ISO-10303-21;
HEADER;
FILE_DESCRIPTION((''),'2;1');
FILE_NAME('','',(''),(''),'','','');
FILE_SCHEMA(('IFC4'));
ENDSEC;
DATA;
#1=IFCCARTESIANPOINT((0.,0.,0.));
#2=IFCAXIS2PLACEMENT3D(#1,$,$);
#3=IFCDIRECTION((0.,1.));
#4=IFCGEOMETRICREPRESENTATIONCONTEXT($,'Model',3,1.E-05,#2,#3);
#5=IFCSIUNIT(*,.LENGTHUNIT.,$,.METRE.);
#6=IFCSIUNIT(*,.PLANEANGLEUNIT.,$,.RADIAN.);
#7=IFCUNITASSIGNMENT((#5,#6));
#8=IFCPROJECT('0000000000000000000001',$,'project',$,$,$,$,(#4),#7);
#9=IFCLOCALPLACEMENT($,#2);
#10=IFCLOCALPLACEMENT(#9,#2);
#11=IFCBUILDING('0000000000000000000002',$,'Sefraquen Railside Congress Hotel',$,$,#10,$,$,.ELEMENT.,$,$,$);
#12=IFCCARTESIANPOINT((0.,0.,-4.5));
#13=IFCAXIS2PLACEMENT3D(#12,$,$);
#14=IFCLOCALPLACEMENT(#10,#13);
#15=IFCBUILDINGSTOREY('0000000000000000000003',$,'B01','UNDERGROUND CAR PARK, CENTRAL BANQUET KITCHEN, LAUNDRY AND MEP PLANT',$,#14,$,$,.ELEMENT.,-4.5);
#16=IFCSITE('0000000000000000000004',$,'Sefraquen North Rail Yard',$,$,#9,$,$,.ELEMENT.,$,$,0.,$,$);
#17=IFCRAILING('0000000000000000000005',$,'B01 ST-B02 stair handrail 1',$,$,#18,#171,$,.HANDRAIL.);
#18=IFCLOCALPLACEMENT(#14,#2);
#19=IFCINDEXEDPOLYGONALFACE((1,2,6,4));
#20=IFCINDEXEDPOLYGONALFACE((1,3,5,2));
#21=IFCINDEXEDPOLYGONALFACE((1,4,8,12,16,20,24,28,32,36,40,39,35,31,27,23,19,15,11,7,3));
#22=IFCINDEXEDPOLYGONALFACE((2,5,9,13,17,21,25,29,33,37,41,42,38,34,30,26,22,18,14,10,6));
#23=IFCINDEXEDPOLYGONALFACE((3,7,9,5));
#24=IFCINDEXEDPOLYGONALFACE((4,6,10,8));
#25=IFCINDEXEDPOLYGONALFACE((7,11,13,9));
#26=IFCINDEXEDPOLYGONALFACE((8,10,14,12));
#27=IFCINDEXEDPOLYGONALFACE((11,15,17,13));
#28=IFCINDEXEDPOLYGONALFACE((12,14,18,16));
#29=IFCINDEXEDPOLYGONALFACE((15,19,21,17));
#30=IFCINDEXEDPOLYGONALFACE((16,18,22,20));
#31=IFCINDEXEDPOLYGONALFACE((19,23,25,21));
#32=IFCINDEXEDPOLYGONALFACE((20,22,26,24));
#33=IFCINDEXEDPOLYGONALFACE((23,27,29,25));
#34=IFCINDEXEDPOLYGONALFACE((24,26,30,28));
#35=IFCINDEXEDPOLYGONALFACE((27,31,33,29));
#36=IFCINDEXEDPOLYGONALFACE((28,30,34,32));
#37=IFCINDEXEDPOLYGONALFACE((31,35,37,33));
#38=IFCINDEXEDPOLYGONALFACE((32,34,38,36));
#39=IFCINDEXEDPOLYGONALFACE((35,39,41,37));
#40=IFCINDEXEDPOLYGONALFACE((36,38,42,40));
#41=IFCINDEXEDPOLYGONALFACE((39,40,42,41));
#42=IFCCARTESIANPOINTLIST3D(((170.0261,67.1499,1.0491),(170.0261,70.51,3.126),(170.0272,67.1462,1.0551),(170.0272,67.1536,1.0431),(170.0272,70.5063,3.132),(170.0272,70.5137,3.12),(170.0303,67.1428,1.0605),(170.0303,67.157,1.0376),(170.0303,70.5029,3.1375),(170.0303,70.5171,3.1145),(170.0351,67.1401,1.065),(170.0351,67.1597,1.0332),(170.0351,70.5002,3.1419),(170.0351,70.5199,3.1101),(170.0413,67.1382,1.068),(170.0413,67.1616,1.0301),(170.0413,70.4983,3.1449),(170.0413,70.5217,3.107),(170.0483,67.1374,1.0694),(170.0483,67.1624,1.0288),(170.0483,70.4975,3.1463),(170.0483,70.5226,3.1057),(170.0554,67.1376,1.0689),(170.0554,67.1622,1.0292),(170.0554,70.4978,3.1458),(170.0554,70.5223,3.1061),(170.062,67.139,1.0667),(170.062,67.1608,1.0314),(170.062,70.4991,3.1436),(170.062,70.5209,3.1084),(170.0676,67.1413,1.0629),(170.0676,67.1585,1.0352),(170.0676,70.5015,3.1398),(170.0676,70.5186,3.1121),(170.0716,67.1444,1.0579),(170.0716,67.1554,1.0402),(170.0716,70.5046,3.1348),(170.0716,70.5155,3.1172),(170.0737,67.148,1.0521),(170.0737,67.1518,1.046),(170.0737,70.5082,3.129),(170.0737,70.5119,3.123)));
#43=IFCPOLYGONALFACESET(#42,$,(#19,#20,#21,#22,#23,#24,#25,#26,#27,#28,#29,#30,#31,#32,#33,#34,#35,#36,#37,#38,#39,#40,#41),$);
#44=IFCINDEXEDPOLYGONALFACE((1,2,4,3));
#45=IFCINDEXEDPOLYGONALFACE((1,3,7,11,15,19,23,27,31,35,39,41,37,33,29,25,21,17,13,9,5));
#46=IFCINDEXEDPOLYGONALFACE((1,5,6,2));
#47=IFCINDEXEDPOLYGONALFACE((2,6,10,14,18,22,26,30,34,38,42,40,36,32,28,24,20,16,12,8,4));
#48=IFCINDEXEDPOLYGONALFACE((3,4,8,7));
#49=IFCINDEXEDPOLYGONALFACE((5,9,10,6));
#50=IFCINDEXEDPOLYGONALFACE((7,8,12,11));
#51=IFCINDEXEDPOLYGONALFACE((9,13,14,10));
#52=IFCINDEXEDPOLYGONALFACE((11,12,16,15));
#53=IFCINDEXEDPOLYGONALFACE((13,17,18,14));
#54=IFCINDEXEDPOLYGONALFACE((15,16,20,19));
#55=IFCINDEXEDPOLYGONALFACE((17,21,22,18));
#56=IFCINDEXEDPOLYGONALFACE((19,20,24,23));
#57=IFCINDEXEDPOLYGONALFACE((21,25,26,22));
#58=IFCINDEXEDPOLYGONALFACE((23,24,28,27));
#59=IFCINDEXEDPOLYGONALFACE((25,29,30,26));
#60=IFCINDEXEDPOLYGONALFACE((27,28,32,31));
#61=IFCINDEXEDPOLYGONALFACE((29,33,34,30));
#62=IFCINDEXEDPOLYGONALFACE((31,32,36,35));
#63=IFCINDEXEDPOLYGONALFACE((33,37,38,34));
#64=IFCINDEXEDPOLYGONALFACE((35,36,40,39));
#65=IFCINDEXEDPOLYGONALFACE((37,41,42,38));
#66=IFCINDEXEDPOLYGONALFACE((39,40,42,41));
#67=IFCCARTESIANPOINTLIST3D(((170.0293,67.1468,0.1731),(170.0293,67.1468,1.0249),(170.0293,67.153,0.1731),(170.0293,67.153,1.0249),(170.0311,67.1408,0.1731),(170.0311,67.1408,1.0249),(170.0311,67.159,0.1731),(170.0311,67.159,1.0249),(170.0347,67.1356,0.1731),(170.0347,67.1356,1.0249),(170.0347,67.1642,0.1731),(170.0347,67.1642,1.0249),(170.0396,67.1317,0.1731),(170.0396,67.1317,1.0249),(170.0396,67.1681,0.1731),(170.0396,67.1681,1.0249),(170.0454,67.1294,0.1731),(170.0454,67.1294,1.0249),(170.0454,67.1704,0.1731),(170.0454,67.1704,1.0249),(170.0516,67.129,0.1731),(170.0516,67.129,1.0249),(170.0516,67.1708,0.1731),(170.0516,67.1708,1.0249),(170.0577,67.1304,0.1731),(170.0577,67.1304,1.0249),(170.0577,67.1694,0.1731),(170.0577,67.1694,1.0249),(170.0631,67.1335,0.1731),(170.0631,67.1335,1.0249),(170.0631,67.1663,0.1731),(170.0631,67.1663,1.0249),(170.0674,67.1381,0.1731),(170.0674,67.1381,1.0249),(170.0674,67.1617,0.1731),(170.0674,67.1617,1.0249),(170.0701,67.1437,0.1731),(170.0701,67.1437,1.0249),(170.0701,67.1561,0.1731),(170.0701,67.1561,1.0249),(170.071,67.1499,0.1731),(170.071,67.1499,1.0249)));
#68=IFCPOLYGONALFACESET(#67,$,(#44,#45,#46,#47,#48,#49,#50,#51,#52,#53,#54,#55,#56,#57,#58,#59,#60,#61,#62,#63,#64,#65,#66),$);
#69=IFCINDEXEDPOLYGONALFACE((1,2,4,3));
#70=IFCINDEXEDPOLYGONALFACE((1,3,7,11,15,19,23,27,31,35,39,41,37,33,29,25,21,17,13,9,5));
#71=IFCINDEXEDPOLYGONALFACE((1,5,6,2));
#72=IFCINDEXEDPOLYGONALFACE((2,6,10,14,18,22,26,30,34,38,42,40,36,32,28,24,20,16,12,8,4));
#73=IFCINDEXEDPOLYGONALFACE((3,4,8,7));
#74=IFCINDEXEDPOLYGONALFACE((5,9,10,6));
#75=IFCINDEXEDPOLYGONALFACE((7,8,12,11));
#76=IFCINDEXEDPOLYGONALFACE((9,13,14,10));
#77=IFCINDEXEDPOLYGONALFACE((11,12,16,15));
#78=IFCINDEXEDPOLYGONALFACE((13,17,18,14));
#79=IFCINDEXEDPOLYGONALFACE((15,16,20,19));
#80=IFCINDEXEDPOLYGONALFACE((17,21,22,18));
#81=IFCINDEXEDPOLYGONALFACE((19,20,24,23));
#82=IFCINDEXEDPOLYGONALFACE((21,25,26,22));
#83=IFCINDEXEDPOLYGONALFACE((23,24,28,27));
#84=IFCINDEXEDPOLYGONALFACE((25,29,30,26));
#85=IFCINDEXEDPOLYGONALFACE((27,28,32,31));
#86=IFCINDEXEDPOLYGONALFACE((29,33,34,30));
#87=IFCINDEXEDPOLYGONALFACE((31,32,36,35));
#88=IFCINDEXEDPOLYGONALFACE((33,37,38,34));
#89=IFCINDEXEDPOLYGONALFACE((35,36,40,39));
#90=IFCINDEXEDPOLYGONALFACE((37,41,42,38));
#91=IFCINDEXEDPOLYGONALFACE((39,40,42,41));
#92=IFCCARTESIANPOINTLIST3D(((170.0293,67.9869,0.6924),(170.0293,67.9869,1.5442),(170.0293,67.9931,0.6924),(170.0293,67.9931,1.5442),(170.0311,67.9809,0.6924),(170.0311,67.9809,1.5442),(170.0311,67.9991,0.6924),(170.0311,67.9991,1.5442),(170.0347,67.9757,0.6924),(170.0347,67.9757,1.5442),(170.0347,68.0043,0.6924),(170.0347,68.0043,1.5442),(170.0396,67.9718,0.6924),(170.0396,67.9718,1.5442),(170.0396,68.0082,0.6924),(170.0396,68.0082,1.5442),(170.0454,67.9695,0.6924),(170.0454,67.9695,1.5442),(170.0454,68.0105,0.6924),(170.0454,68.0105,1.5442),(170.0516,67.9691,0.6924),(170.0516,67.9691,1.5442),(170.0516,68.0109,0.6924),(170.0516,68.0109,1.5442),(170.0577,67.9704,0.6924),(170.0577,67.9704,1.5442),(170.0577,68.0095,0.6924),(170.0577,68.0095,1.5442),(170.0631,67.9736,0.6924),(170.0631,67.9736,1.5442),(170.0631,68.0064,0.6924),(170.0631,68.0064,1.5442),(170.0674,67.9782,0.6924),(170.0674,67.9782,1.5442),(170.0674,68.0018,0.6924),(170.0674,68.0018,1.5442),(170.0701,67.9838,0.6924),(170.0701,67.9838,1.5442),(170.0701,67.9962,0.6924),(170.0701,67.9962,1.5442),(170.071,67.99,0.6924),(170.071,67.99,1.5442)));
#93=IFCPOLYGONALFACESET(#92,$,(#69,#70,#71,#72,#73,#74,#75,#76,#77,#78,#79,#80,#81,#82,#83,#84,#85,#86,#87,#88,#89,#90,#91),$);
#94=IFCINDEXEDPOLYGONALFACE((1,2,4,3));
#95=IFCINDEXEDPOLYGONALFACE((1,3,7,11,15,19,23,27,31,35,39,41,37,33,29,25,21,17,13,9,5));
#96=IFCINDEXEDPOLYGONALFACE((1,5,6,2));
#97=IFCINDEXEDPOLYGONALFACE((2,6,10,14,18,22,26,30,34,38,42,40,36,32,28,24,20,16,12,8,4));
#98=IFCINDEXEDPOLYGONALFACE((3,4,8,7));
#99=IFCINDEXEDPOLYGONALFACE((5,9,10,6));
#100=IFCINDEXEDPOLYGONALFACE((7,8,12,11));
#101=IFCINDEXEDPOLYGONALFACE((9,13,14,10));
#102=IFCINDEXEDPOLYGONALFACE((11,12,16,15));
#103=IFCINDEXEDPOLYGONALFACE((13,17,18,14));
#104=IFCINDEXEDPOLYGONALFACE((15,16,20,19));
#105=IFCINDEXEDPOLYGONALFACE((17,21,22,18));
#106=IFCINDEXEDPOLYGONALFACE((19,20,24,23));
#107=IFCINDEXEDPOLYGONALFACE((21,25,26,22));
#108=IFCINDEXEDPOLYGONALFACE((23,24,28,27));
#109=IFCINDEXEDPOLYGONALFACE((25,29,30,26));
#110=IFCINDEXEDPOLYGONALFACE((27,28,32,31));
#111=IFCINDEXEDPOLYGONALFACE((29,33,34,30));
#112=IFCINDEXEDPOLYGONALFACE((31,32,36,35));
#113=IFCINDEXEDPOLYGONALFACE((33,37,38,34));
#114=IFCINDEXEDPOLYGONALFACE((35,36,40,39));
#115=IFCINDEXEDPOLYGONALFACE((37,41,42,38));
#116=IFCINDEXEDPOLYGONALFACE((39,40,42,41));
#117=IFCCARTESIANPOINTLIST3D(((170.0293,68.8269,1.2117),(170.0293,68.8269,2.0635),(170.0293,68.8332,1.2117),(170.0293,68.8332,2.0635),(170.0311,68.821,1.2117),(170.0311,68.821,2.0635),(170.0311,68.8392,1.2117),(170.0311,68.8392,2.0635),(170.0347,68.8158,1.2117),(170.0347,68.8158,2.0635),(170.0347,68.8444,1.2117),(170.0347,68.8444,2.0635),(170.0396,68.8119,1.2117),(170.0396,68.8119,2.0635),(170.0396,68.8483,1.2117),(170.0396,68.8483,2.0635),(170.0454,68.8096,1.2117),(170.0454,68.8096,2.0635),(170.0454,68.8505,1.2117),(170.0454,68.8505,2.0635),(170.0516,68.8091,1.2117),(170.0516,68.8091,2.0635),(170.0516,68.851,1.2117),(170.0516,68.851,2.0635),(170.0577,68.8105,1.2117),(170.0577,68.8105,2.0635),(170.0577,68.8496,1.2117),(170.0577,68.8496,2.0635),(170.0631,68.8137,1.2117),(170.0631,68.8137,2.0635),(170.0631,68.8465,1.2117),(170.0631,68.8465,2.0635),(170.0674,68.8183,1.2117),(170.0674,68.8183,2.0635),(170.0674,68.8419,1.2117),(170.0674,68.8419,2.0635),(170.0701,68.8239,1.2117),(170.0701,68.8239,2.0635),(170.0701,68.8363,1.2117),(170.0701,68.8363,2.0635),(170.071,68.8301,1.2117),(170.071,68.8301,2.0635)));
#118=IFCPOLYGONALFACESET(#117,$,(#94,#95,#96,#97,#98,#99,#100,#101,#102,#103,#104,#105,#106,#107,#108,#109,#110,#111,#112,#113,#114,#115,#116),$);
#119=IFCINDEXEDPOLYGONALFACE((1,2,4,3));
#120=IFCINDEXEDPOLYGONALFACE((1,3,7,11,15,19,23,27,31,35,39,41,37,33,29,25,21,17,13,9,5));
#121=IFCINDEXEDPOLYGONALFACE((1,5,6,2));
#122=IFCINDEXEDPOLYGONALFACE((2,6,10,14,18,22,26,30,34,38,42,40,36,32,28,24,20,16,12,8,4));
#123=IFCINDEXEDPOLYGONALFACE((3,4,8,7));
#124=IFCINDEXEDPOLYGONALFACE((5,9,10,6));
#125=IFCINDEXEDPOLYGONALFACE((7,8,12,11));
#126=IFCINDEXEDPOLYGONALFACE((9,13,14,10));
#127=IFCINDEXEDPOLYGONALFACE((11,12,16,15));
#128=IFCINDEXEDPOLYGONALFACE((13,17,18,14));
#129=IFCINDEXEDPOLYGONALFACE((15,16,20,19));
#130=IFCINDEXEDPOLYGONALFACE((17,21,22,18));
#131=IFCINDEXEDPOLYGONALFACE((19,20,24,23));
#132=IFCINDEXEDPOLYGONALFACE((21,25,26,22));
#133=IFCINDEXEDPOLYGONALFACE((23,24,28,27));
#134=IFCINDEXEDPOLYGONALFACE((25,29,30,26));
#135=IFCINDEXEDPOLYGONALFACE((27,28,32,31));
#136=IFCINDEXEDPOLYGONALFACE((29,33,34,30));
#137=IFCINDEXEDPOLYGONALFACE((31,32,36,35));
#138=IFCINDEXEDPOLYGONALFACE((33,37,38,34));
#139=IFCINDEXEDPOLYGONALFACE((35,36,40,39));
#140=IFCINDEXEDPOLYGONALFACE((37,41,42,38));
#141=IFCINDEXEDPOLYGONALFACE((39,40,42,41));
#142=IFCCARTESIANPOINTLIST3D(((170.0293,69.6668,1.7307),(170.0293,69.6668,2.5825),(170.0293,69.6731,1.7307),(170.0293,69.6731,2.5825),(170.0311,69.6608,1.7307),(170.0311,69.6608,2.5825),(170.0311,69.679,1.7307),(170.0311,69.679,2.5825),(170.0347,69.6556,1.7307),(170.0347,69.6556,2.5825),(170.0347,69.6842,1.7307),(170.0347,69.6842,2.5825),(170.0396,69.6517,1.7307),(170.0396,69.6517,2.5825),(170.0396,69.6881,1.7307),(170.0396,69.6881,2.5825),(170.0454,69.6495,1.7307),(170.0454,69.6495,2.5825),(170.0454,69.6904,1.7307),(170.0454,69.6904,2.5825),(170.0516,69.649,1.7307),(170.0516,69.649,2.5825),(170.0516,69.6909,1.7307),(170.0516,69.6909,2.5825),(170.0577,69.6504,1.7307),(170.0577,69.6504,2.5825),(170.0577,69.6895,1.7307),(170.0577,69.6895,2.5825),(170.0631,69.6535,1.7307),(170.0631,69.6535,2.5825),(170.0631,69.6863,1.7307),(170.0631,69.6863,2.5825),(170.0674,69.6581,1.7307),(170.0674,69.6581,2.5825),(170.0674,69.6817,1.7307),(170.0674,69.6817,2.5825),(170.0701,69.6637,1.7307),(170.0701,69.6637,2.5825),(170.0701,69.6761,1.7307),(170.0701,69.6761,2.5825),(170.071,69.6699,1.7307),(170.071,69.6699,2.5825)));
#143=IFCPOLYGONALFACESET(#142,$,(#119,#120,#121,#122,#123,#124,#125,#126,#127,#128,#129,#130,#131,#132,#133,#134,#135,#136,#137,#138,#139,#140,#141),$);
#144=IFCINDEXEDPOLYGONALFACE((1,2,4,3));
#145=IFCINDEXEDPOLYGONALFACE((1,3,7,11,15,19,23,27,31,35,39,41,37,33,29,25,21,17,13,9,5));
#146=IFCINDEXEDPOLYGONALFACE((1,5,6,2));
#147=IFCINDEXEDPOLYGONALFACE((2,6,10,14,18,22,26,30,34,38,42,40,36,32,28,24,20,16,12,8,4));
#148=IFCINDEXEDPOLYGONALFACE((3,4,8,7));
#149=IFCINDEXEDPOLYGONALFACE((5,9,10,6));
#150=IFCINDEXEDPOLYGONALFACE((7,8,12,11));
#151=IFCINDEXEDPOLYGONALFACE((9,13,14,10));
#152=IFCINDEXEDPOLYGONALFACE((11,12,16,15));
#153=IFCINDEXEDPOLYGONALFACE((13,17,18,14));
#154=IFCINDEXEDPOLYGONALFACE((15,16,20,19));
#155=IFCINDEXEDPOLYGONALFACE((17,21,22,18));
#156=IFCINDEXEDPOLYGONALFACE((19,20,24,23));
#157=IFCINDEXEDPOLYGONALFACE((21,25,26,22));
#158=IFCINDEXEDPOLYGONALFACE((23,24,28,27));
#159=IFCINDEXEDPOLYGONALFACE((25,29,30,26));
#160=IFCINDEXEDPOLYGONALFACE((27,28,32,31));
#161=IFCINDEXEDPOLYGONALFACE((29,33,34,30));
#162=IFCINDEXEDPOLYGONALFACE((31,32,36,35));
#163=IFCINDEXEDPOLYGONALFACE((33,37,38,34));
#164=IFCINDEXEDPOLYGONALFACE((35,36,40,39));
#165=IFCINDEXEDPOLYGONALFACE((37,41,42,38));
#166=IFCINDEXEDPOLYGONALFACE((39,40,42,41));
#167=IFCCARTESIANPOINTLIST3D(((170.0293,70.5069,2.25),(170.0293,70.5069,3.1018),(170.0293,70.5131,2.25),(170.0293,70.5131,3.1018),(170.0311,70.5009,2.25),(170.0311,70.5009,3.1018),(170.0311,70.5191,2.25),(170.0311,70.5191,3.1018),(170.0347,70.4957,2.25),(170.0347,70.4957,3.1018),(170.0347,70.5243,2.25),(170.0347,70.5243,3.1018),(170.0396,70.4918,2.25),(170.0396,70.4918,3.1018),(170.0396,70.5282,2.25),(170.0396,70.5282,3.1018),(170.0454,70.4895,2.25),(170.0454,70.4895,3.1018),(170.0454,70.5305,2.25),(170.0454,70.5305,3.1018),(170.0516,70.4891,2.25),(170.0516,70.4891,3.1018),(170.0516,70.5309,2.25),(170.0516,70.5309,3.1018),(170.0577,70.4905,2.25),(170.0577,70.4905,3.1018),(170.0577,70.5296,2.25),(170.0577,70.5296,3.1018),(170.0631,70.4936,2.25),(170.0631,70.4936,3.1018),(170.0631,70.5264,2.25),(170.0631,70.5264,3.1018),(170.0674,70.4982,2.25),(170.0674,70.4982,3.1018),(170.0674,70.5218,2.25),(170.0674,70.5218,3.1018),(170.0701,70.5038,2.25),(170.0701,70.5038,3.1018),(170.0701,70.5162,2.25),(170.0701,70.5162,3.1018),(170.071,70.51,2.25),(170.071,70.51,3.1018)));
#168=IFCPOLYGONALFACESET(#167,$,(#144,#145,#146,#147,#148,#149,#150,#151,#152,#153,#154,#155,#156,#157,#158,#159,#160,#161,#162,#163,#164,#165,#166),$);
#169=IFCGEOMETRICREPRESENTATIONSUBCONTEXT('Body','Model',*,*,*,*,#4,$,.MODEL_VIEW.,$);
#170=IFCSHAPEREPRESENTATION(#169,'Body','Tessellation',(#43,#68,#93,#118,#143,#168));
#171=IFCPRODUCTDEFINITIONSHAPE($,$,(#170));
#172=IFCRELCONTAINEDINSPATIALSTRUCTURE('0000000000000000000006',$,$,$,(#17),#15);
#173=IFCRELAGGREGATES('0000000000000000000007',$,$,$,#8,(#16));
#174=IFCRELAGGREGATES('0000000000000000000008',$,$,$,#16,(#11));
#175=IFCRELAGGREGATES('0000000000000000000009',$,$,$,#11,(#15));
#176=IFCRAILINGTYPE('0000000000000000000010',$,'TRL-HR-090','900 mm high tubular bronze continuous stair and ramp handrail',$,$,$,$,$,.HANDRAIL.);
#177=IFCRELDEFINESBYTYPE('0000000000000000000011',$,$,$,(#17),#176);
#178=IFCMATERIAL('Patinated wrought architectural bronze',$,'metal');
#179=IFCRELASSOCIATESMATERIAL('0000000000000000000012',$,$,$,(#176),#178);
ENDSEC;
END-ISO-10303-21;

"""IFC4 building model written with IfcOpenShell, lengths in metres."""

from ifc_helpers import new_model, si_unit, direction, frame, origin, origin_2d, place, context, subcontext, project, spatial, circle, extrude, material, type_object, element, save


model = new_model("IFC4")

# Units and contexts
model_context = context("Model", 3, precision=1e-05, world=origin(), true_north=direction((0.0, 1.0)))
body_context = subcontext(model_context, "Body", "Model", "MODEL_VIEW")
ifc_project = project(units=[si_unit("LENGTHUNIT", "METRE"), si_unit("PLANEANGLEUNIT", "RADIAN")], contexts=[model_context])

# Site, building, storey
site_placement = place(None, origin())
site = spatial("IfcSite", under=ifc_project, at=site_placement, Name="Sefraquen North Rail Yard", CompositionType="ELEMENT", RefElevation=0.0)
building_placement = place(site_placement, origin())
building = spatial("IfcBuilding", under=site, at=building_placement, Name="Sefraquen Railside Congress Hotel", CompositionType="ELEMENT")
storey_placement = place(building_placement, frame((0.0, 0.0, -4.5)))
storey = spatial("IfcBuildingStorey", under=building, at=storey_placement, Name="B01", Description="UNDERGROUND CAR PARK, CENTRAL BANQUET KITCHEN, LAUNDRY AND MEP PLANT", CompositionType="ELEMENT", Elevation=-4.5)

# Railing
ifc_material_1 = material(Name="Patinated wrought architectural bronze", Category="metal")
railing_type_1 = type_object("IfcRailingType", Name="TRL-HR-090", Description="900 mm high tubular bronze continuous stair and ramp handrail", PredefinedType="HANDRAIL", material=ifc_material_1)
railing_1_placement = place(storey_placement, frame((170.05, 67.1499, 0.1731)))
element("IfcRailing", 1, at=railing_1_placement, inside=storey, type_object=railing_type_1, Name="B01 ST-B02 stair handrail 1", PredefinedType="HANDRAIL", context=body_context, shape_type="SweptSolid", body=[
    extrude(circle(Radius=0.0239, at=origin_2d()), frame((0.0, 0.0, 0.876), z_axis=(0.0, 0.850623, 0.525776), x_axis=(-1.0, 0.0, 0.0)), (0.0, 0.0, 1.0), 3.9502),
    extrude(circle(Radius=0.021, at=origin_2d()), origin(), (0.0, 0.0, 1.0), 0.8518),
    extrude(circle(Radius=0.021, at=origin_2d()), frame((0.0, 0.8401, 0.5193)), (0.0, 0.0, 1.0), 0.8518),
    extrude(circle(Radius=0.021, at=origin_2d()), frame((0.0, 1.6802, 1.0386)), (0.0, 0.0, 1.0), 0.8518),
    extrude(circle(Radius=0.021, at=origin_2d()), frame((0.0, 2.52, 1.5576)), (0.0, 0.0, 1.0), 0.8518),
    extrude(circle(Radius=0.021, at=origin_2d()), frame((0.0, 3.3601, 2.0769)), (0.0, 0.0, 1.0), 0.8518),
])

save(model, "model.ifc")
